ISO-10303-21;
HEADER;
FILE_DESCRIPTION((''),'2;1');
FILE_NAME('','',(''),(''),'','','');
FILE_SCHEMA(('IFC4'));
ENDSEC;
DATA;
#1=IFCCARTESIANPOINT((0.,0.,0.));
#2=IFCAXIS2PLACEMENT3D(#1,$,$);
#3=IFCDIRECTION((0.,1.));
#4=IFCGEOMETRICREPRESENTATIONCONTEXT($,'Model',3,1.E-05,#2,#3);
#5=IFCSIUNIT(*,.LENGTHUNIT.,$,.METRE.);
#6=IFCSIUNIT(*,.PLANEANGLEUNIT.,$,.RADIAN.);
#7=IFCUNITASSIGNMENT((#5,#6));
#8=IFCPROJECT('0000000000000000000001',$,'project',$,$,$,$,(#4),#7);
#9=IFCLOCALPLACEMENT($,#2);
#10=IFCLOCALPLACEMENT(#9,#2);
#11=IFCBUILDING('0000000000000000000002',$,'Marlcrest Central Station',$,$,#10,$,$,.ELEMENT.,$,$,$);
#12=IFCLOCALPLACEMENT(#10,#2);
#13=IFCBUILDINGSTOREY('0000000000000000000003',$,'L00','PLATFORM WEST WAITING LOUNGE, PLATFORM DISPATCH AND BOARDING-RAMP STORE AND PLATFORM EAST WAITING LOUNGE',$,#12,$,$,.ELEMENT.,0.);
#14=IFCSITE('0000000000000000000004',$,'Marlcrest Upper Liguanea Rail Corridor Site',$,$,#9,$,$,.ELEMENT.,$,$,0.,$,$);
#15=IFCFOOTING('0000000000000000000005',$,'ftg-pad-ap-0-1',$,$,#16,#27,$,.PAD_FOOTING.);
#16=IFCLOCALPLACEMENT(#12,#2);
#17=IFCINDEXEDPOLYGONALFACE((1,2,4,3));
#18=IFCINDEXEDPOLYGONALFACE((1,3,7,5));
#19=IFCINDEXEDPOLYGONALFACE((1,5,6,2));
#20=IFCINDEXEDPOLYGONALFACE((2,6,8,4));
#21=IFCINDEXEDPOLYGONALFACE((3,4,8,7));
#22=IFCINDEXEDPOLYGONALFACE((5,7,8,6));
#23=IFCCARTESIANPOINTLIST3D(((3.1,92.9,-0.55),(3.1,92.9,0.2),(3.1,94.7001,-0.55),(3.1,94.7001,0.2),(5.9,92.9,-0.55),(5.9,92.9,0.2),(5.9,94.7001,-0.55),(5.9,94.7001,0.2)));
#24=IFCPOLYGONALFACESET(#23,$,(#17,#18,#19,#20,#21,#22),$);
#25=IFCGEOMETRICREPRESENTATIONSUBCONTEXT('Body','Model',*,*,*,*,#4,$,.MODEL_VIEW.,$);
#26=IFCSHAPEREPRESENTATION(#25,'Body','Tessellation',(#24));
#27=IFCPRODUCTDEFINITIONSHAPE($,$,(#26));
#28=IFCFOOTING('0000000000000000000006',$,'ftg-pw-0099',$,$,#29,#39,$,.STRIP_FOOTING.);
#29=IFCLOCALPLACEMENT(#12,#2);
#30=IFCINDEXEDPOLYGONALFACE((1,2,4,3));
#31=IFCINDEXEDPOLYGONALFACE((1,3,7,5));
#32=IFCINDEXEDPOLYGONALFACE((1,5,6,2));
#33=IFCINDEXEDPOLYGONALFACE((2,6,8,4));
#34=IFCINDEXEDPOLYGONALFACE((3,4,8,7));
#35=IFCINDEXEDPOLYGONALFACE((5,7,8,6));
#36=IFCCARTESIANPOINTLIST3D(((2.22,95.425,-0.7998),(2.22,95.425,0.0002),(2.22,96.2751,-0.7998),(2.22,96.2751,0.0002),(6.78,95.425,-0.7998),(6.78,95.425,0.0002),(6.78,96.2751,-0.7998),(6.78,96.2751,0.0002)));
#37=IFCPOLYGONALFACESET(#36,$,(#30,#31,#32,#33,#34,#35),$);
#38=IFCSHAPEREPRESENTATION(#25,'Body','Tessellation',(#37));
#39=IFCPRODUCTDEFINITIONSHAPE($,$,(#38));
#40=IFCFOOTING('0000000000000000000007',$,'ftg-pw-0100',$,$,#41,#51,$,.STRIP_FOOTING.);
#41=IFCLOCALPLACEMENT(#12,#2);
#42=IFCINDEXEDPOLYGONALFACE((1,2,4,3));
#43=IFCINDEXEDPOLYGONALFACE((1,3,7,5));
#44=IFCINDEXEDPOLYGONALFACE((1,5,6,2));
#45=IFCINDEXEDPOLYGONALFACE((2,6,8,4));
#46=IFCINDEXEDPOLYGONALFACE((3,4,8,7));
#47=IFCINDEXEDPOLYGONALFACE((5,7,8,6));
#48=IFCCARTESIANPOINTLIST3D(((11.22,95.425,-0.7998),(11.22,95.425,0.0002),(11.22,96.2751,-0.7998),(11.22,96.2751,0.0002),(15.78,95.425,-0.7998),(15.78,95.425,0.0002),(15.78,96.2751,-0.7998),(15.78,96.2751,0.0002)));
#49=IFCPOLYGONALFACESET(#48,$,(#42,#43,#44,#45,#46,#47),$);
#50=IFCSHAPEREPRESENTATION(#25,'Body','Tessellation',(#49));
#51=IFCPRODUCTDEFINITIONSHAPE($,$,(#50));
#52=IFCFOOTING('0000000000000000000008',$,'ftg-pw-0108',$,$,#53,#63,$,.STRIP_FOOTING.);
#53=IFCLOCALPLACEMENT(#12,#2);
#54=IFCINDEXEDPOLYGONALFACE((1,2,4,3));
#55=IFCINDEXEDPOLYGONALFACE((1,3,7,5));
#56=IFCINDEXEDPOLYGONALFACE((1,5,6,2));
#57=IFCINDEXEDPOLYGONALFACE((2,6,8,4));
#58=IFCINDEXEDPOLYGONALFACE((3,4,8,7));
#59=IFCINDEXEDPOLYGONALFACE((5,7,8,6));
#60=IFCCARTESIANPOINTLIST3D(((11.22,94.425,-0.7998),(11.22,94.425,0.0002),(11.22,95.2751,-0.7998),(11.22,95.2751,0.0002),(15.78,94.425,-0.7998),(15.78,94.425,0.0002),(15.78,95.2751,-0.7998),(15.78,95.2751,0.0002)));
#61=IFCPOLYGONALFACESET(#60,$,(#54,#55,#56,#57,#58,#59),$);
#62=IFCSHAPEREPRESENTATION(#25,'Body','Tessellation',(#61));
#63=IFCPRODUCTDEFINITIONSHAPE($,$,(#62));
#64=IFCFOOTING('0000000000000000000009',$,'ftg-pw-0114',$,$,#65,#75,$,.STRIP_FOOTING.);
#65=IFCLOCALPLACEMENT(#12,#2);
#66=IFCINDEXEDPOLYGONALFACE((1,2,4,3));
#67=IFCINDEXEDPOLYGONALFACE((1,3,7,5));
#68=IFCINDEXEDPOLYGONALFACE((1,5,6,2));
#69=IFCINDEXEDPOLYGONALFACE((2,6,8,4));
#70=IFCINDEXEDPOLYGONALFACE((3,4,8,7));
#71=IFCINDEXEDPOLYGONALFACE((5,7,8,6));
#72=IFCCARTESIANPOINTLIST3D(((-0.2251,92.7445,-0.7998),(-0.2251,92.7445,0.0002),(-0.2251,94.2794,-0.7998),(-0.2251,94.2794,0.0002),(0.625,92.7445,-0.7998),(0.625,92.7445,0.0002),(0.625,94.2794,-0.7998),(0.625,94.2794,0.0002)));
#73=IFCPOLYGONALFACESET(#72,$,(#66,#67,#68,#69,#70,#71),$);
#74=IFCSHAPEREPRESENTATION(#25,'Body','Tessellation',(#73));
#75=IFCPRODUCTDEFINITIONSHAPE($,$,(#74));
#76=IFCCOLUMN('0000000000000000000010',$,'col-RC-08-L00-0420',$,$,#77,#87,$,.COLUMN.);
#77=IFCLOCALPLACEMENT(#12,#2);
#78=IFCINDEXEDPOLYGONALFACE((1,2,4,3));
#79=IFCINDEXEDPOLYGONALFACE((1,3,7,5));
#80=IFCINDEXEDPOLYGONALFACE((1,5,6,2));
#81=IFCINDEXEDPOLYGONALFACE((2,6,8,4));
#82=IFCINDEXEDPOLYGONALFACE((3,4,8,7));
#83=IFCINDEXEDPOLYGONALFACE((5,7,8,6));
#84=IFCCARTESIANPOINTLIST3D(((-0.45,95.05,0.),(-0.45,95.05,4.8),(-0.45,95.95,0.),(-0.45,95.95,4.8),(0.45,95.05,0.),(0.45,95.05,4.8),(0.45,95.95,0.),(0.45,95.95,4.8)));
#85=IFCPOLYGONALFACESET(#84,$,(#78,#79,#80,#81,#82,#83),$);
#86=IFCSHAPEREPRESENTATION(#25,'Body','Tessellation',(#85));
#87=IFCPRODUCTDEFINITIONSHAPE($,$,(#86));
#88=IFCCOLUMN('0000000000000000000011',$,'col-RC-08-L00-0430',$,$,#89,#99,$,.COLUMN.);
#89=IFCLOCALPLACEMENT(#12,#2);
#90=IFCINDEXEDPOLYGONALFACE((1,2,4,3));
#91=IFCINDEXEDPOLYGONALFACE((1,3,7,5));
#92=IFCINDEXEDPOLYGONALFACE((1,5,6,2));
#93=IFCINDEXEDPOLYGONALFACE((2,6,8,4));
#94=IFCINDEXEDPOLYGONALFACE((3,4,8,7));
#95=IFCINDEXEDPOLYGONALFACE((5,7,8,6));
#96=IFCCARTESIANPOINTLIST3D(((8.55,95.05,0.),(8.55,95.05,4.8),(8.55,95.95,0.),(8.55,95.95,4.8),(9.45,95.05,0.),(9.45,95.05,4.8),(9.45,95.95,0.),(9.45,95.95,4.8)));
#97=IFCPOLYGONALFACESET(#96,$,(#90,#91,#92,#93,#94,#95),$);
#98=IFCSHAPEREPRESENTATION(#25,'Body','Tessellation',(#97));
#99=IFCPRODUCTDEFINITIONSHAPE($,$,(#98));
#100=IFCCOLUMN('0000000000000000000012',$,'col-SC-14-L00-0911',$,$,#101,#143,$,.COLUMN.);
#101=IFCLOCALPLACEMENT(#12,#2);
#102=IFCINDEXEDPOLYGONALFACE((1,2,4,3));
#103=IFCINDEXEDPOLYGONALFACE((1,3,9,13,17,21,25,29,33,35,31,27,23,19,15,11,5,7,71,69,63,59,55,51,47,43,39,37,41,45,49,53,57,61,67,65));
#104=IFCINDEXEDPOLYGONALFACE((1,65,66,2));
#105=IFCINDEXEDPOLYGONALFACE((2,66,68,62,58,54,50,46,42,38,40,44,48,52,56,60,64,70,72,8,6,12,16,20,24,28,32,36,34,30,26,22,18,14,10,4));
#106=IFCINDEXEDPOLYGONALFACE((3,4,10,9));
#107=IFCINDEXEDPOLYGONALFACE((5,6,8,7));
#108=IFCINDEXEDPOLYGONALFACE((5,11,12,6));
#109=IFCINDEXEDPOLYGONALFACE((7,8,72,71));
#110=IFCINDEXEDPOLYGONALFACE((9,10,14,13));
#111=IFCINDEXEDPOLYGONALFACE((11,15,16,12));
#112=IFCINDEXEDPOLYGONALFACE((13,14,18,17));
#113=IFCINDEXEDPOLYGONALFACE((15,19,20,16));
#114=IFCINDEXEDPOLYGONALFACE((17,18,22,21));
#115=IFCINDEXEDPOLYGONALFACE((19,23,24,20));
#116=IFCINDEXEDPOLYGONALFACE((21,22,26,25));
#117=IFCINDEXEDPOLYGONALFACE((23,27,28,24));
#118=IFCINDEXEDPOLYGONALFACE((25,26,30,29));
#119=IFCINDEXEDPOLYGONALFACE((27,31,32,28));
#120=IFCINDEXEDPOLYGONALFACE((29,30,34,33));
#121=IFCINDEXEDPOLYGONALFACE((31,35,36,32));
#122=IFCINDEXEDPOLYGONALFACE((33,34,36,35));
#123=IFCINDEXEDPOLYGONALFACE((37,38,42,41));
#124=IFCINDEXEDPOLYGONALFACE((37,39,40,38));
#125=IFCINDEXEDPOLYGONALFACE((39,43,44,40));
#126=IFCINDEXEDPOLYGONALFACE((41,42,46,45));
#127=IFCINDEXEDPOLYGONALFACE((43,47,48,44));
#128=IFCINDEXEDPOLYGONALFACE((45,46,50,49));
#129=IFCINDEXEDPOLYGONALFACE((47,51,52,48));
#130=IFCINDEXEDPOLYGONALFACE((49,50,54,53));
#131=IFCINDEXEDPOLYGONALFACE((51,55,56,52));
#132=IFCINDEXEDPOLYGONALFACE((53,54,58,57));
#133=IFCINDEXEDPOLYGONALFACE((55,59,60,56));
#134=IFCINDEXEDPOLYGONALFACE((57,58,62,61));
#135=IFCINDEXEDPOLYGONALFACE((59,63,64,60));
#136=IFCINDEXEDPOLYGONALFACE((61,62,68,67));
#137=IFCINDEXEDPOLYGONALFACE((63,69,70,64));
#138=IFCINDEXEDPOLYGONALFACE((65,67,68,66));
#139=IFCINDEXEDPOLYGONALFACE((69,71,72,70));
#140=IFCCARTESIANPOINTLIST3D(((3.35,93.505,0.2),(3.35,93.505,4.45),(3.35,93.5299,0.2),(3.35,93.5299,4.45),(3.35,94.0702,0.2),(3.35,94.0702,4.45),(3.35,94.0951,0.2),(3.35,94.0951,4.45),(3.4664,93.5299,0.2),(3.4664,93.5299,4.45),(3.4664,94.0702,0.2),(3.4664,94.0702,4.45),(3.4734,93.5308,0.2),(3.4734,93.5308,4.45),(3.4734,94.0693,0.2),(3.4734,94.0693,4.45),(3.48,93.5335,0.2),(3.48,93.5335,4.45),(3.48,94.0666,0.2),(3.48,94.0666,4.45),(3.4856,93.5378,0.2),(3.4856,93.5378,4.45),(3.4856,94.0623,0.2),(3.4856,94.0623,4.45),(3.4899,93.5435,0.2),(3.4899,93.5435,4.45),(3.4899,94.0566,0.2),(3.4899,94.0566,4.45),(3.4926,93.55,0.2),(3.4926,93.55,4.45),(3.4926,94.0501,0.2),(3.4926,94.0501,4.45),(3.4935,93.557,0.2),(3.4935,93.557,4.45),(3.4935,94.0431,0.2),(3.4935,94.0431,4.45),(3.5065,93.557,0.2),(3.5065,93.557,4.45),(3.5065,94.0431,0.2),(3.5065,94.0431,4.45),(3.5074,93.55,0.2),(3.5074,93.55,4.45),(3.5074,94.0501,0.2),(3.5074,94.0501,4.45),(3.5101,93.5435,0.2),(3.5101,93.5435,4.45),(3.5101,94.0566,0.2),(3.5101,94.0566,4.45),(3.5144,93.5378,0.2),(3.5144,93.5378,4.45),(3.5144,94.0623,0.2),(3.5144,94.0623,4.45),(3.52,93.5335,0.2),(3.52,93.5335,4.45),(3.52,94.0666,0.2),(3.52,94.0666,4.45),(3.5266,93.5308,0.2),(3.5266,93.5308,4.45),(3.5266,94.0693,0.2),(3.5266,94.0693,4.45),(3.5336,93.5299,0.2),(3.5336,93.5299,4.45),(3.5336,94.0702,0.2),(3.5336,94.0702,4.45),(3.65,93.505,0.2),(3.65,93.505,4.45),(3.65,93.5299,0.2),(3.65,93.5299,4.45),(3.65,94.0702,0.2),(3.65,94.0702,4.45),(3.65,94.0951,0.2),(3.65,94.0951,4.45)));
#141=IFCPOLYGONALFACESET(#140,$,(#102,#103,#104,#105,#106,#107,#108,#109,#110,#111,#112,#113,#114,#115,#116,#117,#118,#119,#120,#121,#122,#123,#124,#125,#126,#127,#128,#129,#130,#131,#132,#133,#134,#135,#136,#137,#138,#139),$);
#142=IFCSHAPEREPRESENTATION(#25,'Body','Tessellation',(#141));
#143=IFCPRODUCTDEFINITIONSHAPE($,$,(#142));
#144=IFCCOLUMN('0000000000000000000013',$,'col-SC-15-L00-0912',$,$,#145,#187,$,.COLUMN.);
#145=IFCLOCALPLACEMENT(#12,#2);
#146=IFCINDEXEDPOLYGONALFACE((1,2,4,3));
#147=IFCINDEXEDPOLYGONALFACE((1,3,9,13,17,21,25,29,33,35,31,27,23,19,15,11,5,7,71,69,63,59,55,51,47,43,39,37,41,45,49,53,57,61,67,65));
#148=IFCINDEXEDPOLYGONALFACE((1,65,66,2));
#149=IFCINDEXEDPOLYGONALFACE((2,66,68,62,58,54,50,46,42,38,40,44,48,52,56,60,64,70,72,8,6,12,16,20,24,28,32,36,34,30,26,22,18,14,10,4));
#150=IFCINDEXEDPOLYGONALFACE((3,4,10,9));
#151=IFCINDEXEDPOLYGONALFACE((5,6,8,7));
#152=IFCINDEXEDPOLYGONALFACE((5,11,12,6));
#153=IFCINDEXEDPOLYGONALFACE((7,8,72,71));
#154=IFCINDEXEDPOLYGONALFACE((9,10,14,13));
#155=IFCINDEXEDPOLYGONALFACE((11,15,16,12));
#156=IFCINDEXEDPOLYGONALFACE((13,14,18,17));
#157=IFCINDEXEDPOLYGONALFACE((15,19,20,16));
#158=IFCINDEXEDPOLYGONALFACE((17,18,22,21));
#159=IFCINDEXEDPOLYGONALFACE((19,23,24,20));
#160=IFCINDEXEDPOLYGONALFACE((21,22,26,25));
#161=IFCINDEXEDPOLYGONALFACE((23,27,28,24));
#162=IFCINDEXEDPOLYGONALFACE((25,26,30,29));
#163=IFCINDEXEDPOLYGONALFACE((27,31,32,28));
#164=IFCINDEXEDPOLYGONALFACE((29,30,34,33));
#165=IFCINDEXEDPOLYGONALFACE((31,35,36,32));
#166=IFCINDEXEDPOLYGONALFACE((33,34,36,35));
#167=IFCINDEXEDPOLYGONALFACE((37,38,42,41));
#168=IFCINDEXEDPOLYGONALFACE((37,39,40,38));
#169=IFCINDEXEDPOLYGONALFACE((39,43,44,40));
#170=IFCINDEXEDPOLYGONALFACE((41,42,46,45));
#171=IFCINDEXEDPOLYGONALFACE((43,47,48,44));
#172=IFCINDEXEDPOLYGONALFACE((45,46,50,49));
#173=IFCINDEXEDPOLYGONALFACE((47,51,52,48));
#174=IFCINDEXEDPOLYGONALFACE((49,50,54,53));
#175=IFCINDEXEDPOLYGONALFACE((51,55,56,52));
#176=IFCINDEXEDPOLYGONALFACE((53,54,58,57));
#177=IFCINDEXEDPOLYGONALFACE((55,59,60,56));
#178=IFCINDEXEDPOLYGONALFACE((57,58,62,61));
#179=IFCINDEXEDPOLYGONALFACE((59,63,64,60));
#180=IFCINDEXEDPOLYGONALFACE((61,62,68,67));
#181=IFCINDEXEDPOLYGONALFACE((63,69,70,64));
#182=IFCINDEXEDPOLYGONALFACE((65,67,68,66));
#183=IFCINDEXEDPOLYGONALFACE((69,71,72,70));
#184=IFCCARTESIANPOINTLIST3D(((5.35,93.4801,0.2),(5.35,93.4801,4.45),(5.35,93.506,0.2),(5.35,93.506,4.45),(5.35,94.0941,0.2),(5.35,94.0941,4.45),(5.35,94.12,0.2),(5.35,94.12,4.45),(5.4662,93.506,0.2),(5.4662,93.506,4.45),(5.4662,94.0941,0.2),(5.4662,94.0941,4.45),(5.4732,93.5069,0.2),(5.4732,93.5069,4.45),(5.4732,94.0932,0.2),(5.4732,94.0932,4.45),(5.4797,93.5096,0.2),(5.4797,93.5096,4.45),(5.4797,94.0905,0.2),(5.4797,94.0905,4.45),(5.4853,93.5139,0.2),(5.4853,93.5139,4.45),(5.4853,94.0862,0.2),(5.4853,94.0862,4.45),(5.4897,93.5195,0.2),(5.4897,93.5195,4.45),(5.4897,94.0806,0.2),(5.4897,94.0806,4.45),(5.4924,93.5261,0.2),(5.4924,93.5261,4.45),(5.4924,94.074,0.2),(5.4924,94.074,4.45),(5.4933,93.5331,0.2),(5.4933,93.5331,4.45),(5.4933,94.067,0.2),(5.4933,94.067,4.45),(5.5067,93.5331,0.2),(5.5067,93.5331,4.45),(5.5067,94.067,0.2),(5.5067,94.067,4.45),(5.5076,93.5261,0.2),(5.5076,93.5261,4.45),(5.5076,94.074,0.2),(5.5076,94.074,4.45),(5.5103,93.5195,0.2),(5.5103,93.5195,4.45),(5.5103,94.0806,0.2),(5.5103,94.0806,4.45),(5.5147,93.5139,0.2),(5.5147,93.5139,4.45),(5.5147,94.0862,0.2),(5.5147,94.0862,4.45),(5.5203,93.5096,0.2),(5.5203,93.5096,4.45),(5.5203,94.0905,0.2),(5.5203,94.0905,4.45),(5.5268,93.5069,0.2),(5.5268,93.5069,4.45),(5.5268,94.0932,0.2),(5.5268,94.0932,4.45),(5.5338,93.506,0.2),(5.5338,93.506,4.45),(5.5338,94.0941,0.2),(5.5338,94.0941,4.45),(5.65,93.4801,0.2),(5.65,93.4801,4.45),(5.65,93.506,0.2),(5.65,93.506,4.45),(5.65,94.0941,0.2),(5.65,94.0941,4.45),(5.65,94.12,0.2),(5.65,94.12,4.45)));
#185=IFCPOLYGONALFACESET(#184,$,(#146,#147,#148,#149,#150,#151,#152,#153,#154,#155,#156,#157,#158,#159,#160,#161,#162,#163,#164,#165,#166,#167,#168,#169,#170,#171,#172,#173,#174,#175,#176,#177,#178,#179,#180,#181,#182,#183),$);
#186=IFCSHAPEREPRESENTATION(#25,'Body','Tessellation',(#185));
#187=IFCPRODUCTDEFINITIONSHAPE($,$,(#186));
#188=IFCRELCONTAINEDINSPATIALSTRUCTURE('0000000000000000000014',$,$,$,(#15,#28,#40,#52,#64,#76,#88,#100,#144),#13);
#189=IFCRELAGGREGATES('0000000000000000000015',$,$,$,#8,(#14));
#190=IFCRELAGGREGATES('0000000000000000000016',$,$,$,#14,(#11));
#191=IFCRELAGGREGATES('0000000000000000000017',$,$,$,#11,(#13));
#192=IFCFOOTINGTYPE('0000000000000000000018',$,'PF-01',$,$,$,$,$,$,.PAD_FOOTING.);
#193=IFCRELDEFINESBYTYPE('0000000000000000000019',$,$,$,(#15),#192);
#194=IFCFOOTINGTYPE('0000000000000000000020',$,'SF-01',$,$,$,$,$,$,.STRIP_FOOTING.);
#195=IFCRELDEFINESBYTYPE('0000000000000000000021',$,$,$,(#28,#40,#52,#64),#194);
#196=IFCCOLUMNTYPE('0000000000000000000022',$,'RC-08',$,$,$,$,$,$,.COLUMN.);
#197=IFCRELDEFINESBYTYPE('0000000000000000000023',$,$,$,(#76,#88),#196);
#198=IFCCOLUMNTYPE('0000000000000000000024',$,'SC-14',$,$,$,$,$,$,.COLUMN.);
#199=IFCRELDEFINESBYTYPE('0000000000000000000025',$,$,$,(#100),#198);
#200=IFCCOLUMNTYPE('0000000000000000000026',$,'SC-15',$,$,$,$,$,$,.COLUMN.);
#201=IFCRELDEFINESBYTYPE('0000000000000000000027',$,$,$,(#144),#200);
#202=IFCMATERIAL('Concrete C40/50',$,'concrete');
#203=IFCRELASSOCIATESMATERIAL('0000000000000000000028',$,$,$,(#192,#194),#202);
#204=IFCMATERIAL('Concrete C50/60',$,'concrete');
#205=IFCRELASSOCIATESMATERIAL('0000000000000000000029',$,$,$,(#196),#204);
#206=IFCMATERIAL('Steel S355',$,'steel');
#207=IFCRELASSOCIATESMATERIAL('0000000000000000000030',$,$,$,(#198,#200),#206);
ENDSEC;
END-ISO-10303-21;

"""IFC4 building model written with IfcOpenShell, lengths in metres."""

from ifc_helpers import new_model, si_unit, direction, frame, origin, origin_2d, place, context, subcontext, project, spatial, rectangle, i_section, extrude, material, material_profile, profile_set, type_object, element, save


model = new_model("IFC4")

# Units and contexts
model_context = context("Model", 3, precision=1e-05, world=origin(), true_north=direction((0.0, 1.0)))
body_context = subcontext(model_context, "Body", "Model", "MODEL_VIEW")
ifc_project = project(units=[si_unit("LENGTHUNIT", "METRE"), si_unit("PLANEANGLEUNIT", "RADIAN")], contexts=[model_context])

# Site, building, storey
site_placement = place(None, origin())
site = spatial("IfcSite", under=ifc_project, at=site_placement, Name="Marlcrest Upper Liguanea Rail Corridor Site", CompositionType="ELEMENT", RefElevation=0.0)
building_placement = place(site_placement, origin())
building = spatial("IfcBuilding", under=site, at=building_placement, Name="Marlcrest Central Station", CompositionType="ELEMENT")
storey_placement = place(building_placement, origin())
storey = spatial("IfcBuildingStorey", under=building, at=storey_placement, Name="L00", Description="PLATFORM WEST WAITING LOUNGE, PLATFORM DISPATCH AND BOARDING-RAMP STORE AND PLATFORM EAST WAITING LOUNGE", CompositionType="ELEMENT", Elevation=0.0)

# Footings
ifc_material_1 = material(Name="Concrete C40/50", Category="concrete")
footing_type_1 = type_object("IfcFootingType", Name="PF-01", PredefinedType="PAD_FOOTING", material=ifc_material_1)
footing_1_placement = place(storey_placement, frame((4.5, 93.8, -0.55), z_axis=(0.0, 0.0, 1.0), x_axis=(1.0, 0.0, 0.0)))
element("IfcFooting", 1, at=footing_1_placement, inside=storey, type_object=footing_type_1, Name="ftg-pad-ap-0-1", PredefinedType="PAD_FOOTING", context=body_context, shape_type="SweptSolid", body=[
    extrude(rectangle(XDim=2.8, YDim=1.8, at=origin_2d()), origin(), (0.0, 0.0, 1.0), 0.75),
])
footing_type_2 = type_object("IfcFootingType", Name="SF-01", PredefinedType="STRIP_FOOTING", material=ifc_material_1)
for number, where, z_axis, x_axis, name in (
    (2, (4.5, 95.8501, -0.7998), (0.0, 0.0, 1.0), (1.0, 0.0, 0.0), "ftg-pw-0099"),
    (3, (13.5, 95.8501, -0.7998), (0.0, 0.0, 1.0), (1.0, 0.0, 0.0), "ftg-pw-0100"),
    (4, (13.5, 94.8501, -0.7998), (0.0, 0.0, 1.0), (1.0, 0.0, 0.0), "ftg-pw-0108"),
):
    element("IfcFooting", number, at=place(storey_placement, frame(where, z_axis=z_axis, x_axis=x_axis)), inside=storey, type_object=footing_type_2, Name=name, PredefinedType="STRIP_FOOTING", context=body_context, shape_type="SweptSolid", body=[
        extrude(rectangle(XDim=4.5601, YDim=0.8501, at=origin_2d()), origin(), (0.0, 0.0, 1.0), 0.8),
    ])
footing_2_placement = place(storey_placement, frame((0.2, 93.512, -0.7998), z_axis=(0.0, 0.0, 1.0), x_axis=(1.0, 0.0, 0.0)))
element("IfcFooting", 5, at=footing_2_placement, inside=storey, type_object=footing_type_2, Name="ftg-pw-0114", PredefinedType="STRIP_FOOTING", context=body_context, shape_type="SweptSolid", body=[
    extrude(rectangle(XDim=0.8501, YDim=1.5349, at=origin_2d()), origin(), (0.0, 0.0, 1.0), 0.8),
])

# Columns
ifc_material_2 = material(Name="Concrete C50/60", Category="concrete")
ifc_material_profile_1 = material_profile(ifc_material_2, rectangle(XDim=0.8999, YDim=0.8999, at=origin_2d()), Name="RC 900x900")
ifc_profile_set_1 = profile_set([ifc_material_profile_1], Name="Concrete C50/60")
column_type_1 = type_object("IfcColumnType", Name="RC-08", PredefinedType="COLUMN", material=ifc_profile_set_1)
for number, where, z_axis, x_axis, name in (
    (6, (0.0, 95.5, 0.0), (0.0, 0.0, 1.0), (1.0, 0.0, 0.0), "col-RC-08-L00-0420"),
    (7, (9.0, 95.5, 0.0), (0.0, 0.0, 1.0), (1.0, 0.0, 0.0), "col-RC-08-L00-0430"),
):
    element("IfcColumn", number, at=place(storey_placement, frame(where, z_axis=z_axis, x_axis=x_axis)), inside=storey, type_object=column_type_1, Name=name, PredefinedType="COLUMN", context=body_context, shape_type="SweptSolid", body=[
        extrude(rectangle(XDim=0.8999, YDim=0.8999, at=origin_2d()), origin(), (0.0, 0.0, 1.0), 4.8),
    ])
ifc_material_3 = material(Name="Steel S355", Category="steel")
ifc_material_profile_2 = material_profile(ifc_material_3, i_section(OverallWidth=0.3, OverallDepth=0.5901, WebThickness=0.0129, FlangeThickness=0.0249, FilletRadius=0.0271, at=origin_2d()), Name="HEA 600")
ifc_profile_set_2 = profile_set([ifc_material_profile_2], Name="Steel S355")
column_type_2 = type_object("IfcColumnType", Name="SC-14", PredefinedType="COLUMN", material=ifc_profile_set_2)
column_1_placement = place(storey_placement, frame((3.5, 93.8, 0.2), z_axis=(0.0, 0.0, 1.0), x_axis=(1.0, 0.0, 0.0)))
element("IfcColumn", 8, at=column_1_placement, inside=storey, type_object=column_type_2, Name="col-SC-14-L00-0911", PredefinedType="COLUMN", context=body_context, shape_type="SweptSolid", body=[
    extrude(i_section(OverallWidth=0.3, OverallDepth=0.5901, WebThickness=0.0129, FlangeThickness=0.0249, FilletRadius=0.0271, at=origin_2d()), origin(), (0.0, 0.0, 1.0), 4.25),
])
ifc_material_profile_3 = material_profile(ifc_material_3, i_section(OverallWidth=0.3, OverallDepth=0.6399, WebThickness=0.0134, FlangeThickness=0.0259, FilletRadius=0.0271, at=origin_2d()), Name="HEA 650")
ifc_profile_set_3 = profile_set([ifc_material_profile_3], Name="Steel S355")
column_type_3 = type_object("IfcColumnType", Name="SC-15", PredefinedType="COLUMN", material=ifc_profile_set_3)
column_2_placement = place(storey_placement, frame((5.5, 93.8, 0.2), z_axis=(0.0, 0.0, 1.0), x_axis=(1.0, 0.0, 0.0)))
element("IfcColumn", 9, at=column_2_placement, inside=storey, type_object=column_type_3, Name="col-SC-15-L00-0912", PredefinedType="COLUMN", context=body_context, shape_type="SweptSolid", body=[
    extrude(i_section(OverallWidth=0.3, OverallDepth=0.6399, WebThickness=0.0134, FlangeThickness=0.0259, FilletRadius=0.0271, at=origin_2d()), origin(), (0.0, 0.0, 1.0), 4.25),
])

save(model, "model.ifc")
